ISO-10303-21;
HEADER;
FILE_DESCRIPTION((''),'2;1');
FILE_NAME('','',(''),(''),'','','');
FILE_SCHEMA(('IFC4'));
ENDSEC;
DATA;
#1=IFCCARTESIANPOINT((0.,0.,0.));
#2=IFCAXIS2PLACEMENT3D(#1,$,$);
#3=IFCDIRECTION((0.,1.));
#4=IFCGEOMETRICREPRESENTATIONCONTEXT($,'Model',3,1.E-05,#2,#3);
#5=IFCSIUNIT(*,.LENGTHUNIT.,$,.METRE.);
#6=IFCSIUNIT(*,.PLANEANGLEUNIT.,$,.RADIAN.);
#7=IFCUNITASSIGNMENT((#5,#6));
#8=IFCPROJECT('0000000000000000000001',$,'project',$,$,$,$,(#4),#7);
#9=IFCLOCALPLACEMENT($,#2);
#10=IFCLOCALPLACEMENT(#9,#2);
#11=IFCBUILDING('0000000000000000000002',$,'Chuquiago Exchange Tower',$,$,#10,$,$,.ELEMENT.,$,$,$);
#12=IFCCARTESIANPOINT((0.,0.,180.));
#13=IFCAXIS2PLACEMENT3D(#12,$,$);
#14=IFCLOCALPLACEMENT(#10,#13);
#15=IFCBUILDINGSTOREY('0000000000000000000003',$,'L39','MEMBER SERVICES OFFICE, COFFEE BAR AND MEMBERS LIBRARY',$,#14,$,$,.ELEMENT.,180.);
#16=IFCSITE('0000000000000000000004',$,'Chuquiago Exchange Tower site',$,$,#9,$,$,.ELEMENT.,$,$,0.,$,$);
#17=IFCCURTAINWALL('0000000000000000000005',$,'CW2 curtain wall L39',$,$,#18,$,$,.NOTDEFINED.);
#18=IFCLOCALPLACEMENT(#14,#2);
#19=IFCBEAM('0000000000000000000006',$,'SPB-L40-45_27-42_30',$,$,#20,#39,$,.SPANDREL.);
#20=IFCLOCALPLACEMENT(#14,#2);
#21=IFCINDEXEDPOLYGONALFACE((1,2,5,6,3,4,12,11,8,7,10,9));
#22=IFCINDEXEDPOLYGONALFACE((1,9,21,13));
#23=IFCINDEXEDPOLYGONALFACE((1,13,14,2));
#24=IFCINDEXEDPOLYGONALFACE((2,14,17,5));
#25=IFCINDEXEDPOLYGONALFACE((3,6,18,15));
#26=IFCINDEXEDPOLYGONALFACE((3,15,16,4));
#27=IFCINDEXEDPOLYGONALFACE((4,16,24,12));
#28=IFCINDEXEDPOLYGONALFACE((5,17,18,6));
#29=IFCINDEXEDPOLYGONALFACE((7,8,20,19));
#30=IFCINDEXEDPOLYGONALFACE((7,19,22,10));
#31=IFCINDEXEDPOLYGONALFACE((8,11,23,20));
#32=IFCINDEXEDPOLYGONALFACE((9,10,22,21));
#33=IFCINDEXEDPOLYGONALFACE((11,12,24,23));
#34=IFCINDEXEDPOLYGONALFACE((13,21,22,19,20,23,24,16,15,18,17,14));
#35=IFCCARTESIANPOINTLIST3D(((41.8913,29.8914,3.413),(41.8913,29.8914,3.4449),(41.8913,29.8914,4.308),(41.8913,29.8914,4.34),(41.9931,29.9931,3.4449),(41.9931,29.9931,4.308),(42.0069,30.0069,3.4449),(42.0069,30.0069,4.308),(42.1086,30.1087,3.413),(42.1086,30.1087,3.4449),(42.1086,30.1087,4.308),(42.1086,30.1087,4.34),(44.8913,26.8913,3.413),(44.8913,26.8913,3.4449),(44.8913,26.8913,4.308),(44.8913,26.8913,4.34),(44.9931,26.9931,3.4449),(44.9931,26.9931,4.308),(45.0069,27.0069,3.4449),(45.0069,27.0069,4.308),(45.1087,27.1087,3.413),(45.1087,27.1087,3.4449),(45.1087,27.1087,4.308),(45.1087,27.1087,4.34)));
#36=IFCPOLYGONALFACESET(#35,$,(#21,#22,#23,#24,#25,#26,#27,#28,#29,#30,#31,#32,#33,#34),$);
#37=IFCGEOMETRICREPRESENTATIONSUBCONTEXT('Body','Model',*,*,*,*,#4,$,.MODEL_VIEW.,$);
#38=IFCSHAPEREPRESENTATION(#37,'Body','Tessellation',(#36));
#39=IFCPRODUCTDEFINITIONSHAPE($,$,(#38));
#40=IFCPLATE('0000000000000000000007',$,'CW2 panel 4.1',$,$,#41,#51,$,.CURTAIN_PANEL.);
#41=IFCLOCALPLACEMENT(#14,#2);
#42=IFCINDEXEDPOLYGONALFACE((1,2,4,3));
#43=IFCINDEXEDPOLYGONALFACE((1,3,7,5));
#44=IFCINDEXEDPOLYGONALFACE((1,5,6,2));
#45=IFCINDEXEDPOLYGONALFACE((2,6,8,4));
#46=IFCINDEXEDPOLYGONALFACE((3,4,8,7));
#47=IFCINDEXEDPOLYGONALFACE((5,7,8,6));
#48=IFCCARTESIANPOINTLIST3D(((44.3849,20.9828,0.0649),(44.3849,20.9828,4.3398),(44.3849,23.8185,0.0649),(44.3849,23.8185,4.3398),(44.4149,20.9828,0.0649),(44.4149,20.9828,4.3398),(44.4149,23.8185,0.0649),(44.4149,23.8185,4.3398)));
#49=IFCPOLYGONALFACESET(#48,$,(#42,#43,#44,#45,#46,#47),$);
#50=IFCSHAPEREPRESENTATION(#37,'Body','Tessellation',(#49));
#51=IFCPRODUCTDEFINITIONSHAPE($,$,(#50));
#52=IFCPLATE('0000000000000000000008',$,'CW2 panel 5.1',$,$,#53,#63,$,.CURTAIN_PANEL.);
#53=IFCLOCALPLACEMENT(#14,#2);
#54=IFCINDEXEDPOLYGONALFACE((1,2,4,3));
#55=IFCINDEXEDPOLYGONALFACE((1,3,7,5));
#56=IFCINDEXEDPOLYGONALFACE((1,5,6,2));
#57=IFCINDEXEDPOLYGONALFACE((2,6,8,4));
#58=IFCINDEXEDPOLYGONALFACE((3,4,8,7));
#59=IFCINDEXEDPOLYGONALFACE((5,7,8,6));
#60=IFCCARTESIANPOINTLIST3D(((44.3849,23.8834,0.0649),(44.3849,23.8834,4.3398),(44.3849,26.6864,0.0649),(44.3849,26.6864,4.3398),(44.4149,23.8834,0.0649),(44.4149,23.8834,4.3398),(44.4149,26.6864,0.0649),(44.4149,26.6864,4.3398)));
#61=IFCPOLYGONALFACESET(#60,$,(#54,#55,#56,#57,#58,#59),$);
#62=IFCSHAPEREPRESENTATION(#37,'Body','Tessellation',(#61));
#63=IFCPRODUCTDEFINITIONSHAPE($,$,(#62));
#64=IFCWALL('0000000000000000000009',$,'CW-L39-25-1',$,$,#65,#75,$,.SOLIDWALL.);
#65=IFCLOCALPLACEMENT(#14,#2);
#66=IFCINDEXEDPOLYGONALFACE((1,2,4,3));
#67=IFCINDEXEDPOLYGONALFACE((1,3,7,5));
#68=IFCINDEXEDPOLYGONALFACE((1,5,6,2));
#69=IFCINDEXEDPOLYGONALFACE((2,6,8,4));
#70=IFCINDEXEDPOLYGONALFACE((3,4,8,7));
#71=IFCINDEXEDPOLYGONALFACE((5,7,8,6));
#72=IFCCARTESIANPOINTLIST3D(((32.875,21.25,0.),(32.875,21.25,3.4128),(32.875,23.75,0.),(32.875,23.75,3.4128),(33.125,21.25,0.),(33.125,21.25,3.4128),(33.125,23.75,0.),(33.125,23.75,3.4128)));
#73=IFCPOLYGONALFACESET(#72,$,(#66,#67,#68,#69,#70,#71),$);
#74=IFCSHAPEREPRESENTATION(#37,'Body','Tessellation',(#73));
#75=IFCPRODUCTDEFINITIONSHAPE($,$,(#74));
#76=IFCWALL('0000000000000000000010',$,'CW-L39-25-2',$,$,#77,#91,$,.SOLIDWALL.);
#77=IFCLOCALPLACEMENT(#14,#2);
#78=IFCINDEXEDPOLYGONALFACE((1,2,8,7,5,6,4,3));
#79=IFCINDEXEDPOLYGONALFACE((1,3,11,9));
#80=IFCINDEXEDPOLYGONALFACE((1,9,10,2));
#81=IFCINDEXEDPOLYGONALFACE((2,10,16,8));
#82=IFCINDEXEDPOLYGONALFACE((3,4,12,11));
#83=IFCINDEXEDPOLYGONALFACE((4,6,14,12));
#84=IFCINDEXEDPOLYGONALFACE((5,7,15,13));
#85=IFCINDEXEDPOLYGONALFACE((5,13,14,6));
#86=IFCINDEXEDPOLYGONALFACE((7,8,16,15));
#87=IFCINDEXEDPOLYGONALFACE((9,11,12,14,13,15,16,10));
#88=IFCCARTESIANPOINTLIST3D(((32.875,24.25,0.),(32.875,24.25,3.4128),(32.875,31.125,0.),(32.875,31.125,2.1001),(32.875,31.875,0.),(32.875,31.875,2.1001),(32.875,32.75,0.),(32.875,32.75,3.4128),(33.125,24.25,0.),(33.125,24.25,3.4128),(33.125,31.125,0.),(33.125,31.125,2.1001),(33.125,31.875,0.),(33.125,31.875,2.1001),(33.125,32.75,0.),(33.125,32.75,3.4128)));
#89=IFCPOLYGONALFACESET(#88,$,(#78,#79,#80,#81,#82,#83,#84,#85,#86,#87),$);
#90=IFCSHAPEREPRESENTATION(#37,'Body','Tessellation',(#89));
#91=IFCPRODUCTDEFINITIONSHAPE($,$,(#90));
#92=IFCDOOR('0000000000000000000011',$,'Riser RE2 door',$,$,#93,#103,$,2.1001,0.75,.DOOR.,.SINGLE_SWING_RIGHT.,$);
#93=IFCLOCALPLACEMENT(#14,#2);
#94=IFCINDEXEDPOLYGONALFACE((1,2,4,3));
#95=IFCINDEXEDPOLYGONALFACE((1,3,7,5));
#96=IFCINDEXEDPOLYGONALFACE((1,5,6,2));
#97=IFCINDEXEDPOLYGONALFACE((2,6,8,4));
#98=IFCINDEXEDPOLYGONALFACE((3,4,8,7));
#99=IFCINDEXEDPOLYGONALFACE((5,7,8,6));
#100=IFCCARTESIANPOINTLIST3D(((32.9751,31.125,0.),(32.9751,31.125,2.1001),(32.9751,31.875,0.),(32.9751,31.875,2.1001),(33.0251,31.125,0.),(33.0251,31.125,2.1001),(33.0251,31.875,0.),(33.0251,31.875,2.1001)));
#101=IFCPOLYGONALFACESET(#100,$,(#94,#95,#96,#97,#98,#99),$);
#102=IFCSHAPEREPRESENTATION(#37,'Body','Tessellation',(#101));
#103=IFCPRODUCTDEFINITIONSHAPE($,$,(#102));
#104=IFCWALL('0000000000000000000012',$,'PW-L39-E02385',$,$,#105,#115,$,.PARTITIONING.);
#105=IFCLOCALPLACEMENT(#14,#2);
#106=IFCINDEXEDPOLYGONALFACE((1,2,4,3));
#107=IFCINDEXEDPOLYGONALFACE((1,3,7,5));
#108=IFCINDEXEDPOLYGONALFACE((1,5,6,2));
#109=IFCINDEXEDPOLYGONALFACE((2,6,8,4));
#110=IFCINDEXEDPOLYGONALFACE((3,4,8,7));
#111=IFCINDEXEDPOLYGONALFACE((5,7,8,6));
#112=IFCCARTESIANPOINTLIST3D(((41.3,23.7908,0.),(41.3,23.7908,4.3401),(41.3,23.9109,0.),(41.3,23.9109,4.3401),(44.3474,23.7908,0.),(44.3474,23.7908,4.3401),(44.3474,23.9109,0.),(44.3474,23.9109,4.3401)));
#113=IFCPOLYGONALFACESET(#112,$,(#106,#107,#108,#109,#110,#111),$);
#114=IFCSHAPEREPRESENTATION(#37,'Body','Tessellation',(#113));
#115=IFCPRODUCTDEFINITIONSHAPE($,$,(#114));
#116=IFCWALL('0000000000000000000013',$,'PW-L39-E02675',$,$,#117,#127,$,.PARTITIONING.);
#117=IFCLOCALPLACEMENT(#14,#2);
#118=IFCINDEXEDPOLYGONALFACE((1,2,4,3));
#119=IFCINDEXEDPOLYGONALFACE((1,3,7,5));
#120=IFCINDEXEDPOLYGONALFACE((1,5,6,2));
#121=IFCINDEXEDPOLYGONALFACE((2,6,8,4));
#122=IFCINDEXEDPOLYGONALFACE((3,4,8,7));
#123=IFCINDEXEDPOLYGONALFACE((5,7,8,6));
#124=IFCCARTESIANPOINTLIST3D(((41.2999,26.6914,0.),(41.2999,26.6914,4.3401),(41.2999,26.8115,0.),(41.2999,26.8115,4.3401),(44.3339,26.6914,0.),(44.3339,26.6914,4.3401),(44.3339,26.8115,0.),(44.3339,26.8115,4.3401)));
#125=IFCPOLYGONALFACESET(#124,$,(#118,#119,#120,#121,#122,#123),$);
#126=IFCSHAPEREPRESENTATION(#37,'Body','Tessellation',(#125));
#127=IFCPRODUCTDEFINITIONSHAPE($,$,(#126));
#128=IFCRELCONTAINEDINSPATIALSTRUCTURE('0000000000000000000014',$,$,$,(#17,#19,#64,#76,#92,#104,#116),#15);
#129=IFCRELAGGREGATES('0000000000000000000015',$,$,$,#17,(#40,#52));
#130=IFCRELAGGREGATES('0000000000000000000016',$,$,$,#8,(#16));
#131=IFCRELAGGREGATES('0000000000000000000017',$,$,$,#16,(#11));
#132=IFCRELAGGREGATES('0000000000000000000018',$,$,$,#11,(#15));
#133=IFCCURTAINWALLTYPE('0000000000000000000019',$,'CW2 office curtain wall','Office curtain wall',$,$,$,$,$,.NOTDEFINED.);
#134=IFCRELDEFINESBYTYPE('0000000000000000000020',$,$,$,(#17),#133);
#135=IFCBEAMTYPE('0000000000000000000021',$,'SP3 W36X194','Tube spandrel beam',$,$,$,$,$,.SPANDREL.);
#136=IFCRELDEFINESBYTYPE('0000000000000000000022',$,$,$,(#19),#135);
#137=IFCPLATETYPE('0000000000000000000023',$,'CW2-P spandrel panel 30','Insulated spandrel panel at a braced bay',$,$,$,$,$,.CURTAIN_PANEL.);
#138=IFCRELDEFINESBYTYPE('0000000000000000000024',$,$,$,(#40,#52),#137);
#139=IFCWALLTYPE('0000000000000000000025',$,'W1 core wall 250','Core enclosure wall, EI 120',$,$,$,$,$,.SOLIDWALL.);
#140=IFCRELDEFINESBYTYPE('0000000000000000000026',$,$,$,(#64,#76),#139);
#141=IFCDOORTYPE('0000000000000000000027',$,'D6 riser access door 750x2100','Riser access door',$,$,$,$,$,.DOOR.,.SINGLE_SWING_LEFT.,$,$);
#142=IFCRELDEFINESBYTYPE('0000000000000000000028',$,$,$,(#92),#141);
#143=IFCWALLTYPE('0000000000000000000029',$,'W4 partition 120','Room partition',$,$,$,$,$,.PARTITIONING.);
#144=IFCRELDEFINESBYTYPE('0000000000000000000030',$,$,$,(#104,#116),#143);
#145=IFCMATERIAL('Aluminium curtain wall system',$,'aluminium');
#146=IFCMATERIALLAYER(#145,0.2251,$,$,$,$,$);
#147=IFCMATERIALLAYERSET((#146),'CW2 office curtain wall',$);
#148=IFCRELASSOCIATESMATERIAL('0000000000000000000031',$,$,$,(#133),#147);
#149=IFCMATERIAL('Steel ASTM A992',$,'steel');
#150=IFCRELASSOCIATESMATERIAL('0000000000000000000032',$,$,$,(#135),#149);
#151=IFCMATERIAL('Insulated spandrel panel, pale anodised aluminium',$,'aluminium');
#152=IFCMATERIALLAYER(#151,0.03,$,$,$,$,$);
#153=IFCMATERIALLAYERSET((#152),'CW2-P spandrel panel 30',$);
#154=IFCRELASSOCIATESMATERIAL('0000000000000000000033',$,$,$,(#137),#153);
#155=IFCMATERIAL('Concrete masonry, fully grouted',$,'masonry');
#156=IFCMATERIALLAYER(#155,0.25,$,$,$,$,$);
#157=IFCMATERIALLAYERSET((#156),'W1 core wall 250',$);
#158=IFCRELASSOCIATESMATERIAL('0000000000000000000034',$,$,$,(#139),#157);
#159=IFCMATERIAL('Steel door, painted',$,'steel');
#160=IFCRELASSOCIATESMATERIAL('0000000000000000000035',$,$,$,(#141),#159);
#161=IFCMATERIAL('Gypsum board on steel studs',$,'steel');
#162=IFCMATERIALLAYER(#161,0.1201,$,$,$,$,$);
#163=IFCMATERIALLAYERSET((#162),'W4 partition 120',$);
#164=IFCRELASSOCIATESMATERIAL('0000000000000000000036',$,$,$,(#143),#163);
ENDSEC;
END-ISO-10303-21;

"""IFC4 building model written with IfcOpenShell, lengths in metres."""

from ifc_helpers import new_model, si_unit, direction, frame, frame_2d, origin, origin_2d, place, context, subcontext, project, spatial, rectangle, i_section, extrude, material, layer, layer_set, material_profile, profile_set, type_object, element, fill, aggregate, save


model = new_model("IFC4")

# Units and contexts
model_context = context("Model", 3, precision=1e-05, world=origin(), true_north=direction((0.0, 1.0)))
body_context = subcontext(model_context, "Body", "Model", "MODEL_VIEW")
ifc_project = project(units=[si_unit("LENGTHUNIT", "METRE"), si_unit("PLANEANGLEUNIT", "RADIAN")], contexts=[model_context])

# Site, building, storey
site_placement = place(None, origin())
site = spatial("IfcSite", under=ifc_project, at=site_placement, Name="Chuquiago Exchange Tower site", CompositionType="ELEMENT", RefElevation=0.0)
building_placement = place(site_placement, origin())
building = spatial("IfcBuilding", under=site, at=building_placement, Name="Chuquiago Exchange Tower", CompositionType="ELEMENT")
storey_placement = place(building_placement, frame((0.0, 0.0, 180.0)))
storey = spatial("IfcBuildingStorey", under=building, at=storey_placement, Name="L39", Description="MEMBER SERVICES OFFICE, COFFEE BAR AND MEMBERS LIBRARY", CompositionType="ELEMENT", Elevation=180.0)

# Curtain wall
ifc_material_1 = material(Name="Aluminium curtain wall system", Category="aluminium")
ifc_layer_1 = layer(ifc_material_1, 0.2251)
ifc_layer_set_1 = layer_set([ifc_layer_1], Name="CW2 office curtain wall")
curtain_wall_type_1 = type_object("IfcCurtainWallType", Name="CW2 office curtain wall", Description="Office curtain wall", PredefinedType="NOTDEFINED", material=ifc_layer_set_1)
curtain_wall_1_placement = place(storey_placement, origin())
curtain_wall_1 = element("IfcCurtainWall", 1, at=curtain_wall_1_placement, inside=storey, type_object=curtain_wall_type_1, Name="CW2 curtain wall L39", PredefinedType="NOTDEFINED")

# Beam
ifc_material_2 = material(Name="Steel ASTM A992", Category="steel")
ifc_material_profile_1 = material_profile(ifc_material_2, i_section(OverallWidth=0.3074, OverallDepth=0.927, WebThickness=0.0195, FlangeThickness=0.032, at=origin_2d()), Name="W36X194")
ifc_profile_set_1 = profile_set([ifc_material_profile_1], Name="Steel ASTM A992")
beam_type_1 = type_object("IfcBeamType", Name="SP3 W36X194", Description="Tube spandrel beam", PredefinedType="SPANDREL", material=ifc_profile_set_1)
beam_1_placement = place(storey_placement, frame((45.0, 27.0, 3.8765), z_axis=(-0.707107, 0.707107, 0.0), x_axis=(-0.707107, -0.707107, 0.0)))
element("IfcBeam", 2, at=beam_1_placement, inside=storey, type_object=beam_type_1, Name="SPB-L40-45_27-42_30", PredefinedType="SPANDREL", context=body_context, shape_type="SweptSolid", body=[
    extrude(i_section(OverallWidth=0.3074, OverallDepth=0.927, WebThickness=0.0195, FlangeThickness=0.032, at=origin_2d()), origin(), (0.0, 0.0, 1.0), 4.2427),
])

# Plates
ifc_material_3 = material(Name="Insulated spandrel panel, pale anodised aluminium", Category="aluminium")
ifc_layer_2 = layer(ifc_material_3, 0.03)
ifc_layer_set_2 = layer_set([ifc_layer_2], Name="CW2-P spandrel panel 30")
plate_type = type_object("IfcPlateType", Name="CW2-P spandrel panel 30", Description="Insulated spandrel panel at a braced bay", PredefinedType="CURTAIN_PANEL", material=ifc_layer_set_2)
plate_1_placement = place(storey_placement, frame((44.3999, 22.4006, 0.0649), z_axis=(0.0, 0.0, 1.0), x_axis=(0.0, 1.0, 0.0)))
plate_1 = element("IfcPlate", 3, at=plate_1_placement, type_object=plate_type, Name="CW2 panel 4.1", PredefinedType="CURTAIN_PANEL", context=body_context, shape_type="SweptSolid", body=[
    extrude(rectangle(XDim=2.8357, YDim=0.03, at=origin_2d()), origin(), (0.0, 0.0, 1.0), 4.2749),
])
plate_2_placement = place(storey_placement, frame((44.3999, 25.2849, 0.0649), z_axis=(0.0, 0.0, 1.0), x_axis=(0.0, 1.0, 0.0)))
plate_2 = element("IfcPlate", 4, at=plate_2_placement, type_object=plate_type, Name="CW2 panel 5.1", PredefinedType="CURTAIN_PANEL", context=body_context, shape_type="SweptSolid", body=[
    extrude(rectangle(XDim=2.803, YDim=0.03, at=origin_2d()), origin(), (0.0, 0.0, 1.0), 4.2749),
])
aggregate(curtain_wall_1, [plate_1, plate_2])

# Wall
ifc_material_4 = material(Name="Concrete masonry, fully grouted", Category="masonry")
ifc_layer_3 = layer(ifc_material_4, 0.25)
ifc_layer_set_3 = layer_set([ifc_layer_3], Name="W1 core wall 250")
wall_type_1 = type_object("IfcWallType", Name="W1 core wall 250", Description="Core enclosure wall, EI 120", PredefinedType="SOLIDWALL", material=ifc_layer_set_3)
wall_1_placement = place(storey_placement, frame((33.0, 21.25, 0.0), z_axis=(0.0, 0.0, 1.0), x_axis=(0.0, 1.0, 0.0)))
element("IfcWall", 5, at=wall_1_placement, inside=storey, type_object=wall_type_1, Name="CW-L39-25-1", PredefinedType="SOLIDWALL", context=body_context, shape_type="SweptSolid", body=[
    extrude(rectangle(XDim=2.5, YDim=0.25, at=frame_2d((1.25, 0.0))), origin(), (0.0, 0.0, 1.0), 3.4128),
])

# Wall, opening, door
wall_2_placement = place(storey_placement, frame((33.0, 24.25, 0.0), z_axis=(0.0, 0.0, 1.0), x_axis=(0.0, 1.0, 0.0)))
wall_2 = element("IfcWall", 6, at=wall_2_placement, inside=storey, type_object=wall_type_1, Name="CW-L39-25-2", PredefinedType="SOLIDWALL", context=body_context, shape_type="SweptSolid", body=[
    extrude(rectangle(XDim=8.5, YDim=0.25, at=frame_2d((4.25, 0.0))), origin(), (0.0, 0.0, 1.0), 3.4128),
])
opening_1_placement = place(wall_2_placement, frame((6.875, 0.0, 0.0)))
opening_1 = element("IfcOpeningElement", 7, at=opening_1_placement, cuts=wall_2, PredefinedType="OPENING", context=body_context, shape_type="SweptSolid", body=[
    extrude(rectangle(XDim=0.75, YDim=2.1001, at=frame_2d((0.375, 1.05))), frame((0.0, 0.135, 0.0), z_axis=(0.0, -1.0, 0.0), x_axis=(1.0, 0.0, 0.0)), (0.0, 0.0, 1.0), 0.27),
])
ifc_material_5 = material(Name="Steel door, painted", Category="steel")
door_type_1 = type_object("IfcDoorType", Name="D6 riser access door 750x2100", Description="Riser access door", OperationType="SINGLE_SWING_LEFT", PredefinedType="DOOR", material=ifc_material_5)
door_1_placement = place(opening_1_placement, origin())
door_1 = element("IfcDoor", 8, at=door_1_placement, inside=storey, type_object=door_type_1, Name="Riser RE2 door", OperationType="SINGLE_SWING_RIGHT", OverallHeight=2.1001, OverallWidth=0.75, PredefinedType="DOOR", context=body_context, shape_type="SweptSolid", body=[
    extrude(rectangle(XDim=0.75, YDim=2.1001, at=frame_2d((0.375, 1.05))), frame((0.0, 0.0249, 0.0), z_axis=(0.0, -1.0, 0.0), x_axis=(1.0, 0.0, 0.0)), (0.0, 0.0, 1.0), 0.05),
])
fill(opening_1, door_1)

# Walls
ifc_material_6 = material(Name="Gypsum board on steel studs", Category="steel")
ifc_layer_4 = layer(ifc_material_6, 0.1201)
ifc_layer_set_4 = layer_set([ifc_layer_4], Name="W4 partition 120")
wall_type_2 = type_object("IfcWallType", Name="W4 partition 120", Description="Room partition", PredefinedType="PARTITIONING", material=ifc_layer_set_4)
wall_3_placement = place(storey_placement, frame((44.3474, 23.8508, 0.0), z_axis=(0.0, 0.0, 1.0), x_axis=(-1.0, 0.0, 0.0)))
element("IfcWall", 9, at=wall_3_placement, inside=storey, type_object=wall_type_2, Name="PW-L39-E02385", PredefinedType="PARTITIONING", context=body_context, shape_type="SweptSolid", body=[
    extrude(rectangle(XDim=3.0474, YDim=0.1201, at=frame_2d((1.5237, 0.0))), origin(), (0.0, 0.0, 1.0), 4.3401),
])
wall_4_placement = place(storey_placement, frame((44.334, 26.7515, 0.0), z_axis=(0.0, 0.0, 1.0), x_axis=(-1.0, 0.0, 0.0)))
element("IfcWall", 10, at=wall_4_placement, inside=storey, type_object=wall_type_2, Name="PW-L39-E02675", PredefinedType="PARTITIONING", context=body_context, shape_type="SweptSolid", body=[
    extrude(rectangle(XDim=3.0339, YDim=0.1201, at=frame_2d((1.5171, 0.0))), origin(), (0.0, 0.0, 1.0), 4.3401),
])

save(model, "model.ifc")
